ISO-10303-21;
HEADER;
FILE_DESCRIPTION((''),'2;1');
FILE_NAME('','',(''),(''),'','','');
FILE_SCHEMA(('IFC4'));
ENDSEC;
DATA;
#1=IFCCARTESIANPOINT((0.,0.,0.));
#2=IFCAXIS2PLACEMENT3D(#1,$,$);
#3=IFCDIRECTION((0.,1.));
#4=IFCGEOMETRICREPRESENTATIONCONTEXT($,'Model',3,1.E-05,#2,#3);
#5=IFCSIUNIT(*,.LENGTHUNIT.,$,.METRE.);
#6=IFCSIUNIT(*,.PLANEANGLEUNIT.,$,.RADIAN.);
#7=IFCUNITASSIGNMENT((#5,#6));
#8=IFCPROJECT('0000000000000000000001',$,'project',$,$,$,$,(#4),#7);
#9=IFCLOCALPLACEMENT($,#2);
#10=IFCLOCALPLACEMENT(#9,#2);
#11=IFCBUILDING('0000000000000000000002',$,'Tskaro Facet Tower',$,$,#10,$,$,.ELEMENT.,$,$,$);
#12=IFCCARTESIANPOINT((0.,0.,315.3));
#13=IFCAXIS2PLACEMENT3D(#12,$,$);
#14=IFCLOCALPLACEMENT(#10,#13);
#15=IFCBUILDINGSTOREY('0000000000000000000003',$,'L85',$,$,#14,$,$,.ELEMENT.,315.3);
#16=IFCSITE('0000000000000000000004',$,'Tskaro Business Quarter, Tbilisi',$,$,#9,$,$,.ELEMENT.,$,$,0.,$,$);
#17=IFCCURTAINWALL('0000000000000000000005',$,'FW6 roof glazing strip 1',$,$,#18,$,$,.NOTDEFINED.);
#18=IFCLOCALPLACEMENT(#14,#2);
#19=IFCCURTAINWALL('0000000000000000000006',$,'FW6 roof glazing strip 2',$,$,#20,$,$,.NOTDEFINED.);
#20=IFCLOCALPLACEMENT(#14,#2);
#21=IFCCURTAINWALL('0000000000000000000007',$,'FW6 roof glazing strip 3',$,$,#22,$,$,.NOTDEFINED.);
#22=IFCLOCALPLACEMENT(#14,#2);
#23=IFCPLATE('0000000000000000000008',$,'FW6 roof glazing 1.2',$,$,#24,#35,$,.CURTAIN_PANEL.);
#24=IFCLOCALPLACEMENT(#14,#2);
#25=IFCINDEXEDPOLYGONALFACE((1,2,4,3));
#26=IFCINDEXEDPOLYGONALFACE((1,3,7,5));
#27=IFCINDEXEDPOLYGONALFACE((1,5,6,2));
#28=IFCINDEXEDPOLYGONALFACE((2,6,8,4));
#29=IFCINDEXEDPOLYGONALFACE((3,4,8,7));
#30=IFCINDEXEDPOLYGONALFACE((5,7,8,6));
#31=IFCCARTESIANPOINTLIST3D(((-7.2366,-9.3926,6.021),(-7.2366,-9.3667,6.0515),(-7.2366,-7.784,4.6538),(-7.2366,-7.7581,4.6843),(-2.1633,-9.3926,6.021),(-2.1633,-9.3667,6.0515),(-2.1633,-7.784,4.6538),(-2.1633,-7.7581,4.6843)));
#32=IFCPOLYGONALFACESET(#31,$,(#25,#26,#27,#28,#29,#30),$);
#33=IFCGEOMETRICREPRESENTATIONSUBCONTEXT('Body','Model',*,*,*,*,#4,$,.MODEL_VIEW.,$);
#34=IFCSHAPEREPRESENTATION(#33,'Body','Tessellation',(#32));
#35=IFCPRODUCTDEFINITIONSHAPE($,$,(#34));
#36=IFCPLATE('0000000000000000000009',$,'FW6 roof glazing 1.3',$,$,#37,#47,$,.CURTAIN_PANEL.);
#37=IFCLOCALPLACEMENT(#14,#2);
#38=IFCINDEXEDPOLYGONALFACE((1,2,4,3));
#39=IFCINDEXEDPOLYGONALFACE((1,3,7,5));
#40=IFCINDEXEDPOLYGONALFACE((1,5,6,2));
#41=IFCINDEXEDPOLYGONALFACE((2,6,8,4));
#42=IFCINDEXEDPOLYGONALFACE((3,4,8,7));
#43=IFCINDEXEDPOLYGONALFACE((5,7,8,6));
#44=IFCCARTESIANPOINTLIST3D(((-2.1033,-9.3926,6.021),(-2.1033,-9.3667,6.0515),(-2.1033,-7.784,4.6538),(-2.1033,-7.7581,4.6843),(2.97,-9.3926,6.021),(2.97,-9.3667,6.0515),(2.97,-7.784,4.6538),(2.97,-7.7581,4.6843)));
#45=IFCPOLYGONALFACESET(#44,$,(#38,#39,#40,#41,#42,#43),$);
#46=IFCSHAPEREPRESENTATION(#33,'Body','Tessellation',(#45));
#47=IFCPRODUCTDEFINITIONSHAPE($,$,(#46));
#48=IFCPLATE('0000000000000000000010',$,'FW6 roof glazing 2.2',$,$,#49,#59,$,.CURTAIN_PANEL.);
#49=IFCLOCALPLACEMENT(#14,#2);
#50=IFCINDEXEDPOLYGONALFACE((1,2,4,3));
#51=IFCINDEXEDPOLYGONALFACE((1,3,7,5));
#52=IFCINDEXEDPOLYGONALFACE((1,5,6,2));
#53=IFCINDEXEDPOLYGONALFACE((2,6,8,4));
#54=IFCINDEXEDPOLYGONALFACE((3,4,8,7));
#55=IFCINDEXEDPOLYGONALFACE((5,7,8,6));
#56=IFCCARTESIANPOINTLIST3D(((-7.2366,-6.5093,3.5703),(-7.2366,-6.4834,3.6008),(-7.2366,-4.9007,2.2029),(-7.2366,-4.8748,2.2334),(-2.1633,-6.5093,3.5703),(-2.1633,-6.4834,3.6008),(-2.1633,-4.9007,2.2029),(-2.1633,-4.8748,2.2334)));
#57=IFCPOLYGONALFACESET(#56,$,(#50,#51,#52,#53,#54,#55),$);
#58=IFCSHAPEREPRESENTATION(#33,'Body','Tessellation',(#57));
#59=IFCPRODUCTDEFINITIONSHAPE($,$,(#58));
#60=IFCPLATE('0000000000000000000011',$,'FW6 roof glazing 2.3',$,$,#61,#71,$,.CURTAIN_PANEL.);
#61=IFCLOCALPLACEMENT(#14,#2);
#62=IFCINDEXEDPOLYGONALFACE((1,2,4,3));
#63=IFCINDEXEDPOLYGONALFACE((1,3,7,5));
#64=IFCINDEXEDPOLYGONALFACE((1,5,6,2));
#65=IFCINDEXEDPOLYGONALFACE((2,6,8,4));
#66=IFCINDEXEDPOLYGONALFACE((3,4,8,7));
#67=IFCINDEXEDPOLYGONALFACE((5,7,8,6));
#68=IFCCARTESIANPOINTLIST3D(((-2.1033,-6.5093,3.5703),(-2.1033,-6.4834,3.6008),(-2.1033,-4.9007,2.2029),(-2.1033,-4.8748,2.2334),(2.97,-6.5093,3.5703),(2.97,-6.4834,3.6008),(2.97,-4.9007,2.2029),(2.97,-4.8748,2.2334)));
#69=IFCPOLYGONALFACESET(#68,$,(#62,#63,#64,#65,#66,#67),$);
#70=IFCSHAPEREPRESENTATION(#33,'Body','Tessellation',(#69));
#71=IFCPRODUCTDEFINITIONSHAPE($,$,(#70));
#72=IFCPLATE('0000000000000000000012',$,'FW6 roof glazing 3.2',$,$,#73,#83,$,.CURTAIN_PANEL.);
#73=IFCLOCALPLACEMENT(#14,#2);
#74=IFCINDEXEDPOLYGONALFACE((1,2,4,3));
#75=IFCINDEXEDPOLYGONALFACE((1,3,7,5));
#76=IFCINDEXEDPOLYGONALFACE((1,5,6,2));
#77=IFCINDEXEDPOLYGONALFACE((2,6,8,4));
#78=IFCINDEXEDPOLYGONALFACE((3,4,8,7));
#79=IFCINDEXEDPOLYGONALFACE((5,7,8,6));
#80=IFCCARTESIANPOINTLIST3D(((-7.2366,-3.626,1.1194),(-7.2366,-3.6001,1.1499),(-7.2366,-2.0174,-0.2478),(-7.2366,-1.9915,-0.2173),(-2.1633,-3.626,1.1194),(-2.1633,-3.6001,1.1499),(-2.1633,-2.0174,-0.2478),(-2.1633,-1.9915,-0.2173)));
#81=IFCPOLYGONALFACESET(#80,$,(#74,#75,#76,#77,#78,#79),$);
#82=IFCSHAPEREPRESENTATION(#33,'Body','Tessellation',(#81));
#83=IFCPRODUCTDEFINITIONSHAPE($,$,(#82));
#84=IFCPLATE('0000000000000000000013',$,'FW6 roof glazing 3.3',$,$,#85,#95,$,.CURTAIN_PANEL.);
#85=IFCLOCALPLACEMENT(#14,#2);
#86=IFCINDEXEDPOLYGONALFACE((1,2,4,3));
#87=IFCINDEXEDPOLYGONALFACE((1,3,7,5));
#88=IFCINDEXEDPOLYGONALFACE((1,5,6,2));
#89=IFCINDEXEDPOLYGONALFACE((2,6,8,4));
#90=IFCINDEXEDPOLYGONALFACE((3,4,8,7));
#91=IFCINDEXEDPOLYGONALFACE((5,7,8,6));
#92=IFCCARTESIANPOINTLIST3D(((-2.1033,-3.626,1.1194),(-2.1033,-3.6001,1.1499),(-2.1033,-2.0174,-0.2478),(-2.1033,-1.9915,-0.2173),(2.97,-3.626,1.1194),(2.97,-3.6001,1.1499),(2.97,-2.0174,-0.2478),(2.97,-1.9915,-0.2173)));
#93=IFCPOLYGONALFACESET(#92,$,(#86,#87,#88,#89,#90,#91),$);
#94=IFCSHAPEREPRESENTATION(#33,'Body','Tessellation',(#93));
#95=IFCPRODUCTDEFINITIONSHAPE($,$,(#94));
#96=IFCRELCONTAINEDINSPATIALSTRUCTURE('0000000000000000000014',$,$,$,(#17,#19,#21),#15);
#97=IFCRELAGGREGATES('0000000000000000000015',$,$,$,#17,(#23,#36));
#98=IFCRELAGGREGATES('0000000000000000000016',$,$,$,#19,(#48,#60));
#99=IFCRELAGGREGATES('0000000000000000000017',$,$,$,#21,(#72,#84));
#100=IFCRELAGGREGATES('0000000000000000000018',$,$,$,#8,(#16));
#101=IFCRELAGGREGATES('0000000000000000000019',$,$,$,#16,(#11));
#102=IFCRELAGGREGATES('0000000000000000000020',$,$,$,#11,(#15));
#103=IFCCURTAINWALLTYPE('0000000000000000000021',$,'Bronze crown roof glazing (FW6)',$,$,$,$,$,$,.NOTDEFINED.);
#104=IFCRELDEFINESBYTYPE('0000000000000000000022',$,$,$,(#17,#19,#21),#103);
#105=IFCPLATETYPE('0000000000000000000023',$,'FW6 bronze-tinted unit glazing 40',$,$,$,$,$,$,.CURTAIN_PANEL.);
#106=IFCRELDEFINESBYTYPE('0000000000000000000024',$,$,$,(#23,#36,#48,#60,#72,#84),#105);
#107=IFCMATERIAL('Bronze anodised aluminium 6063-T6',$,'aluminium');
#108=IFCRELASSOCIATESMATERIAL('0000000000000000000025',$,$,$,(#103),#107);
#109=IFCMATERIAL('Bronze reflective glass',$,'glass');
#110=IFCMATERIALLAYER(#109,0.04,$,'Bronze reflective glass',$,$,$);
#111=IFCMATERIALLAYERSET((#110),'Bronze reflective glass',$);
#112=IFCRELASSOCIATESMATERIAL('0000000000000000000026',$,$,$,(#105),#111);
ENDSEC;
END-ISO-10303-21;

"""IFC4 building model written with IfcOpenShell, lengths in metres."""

from ifc_helpers import new_model, si_unit, direction, frame, origin, place, context, subcontext, project, spatial, polyline, outline, extrude, material, layer, layer_set, type_object, element, aggregate, save


model = new_model("IFC4")

# Units and contexts
model_context = context("Model", 3, precision=1e-05, world=origin(), true_north=direction((0.0, 1.0)))
body_context = subcontext(model_context, "Body", "Model", "MODEL_VIEW")
ifc_project = project(units=[si_unit("LENGTHUNIT", "METRE"), si_unit("PLANEANGLEUNIT", "RADIAN")], contexts=[model_context])

# Site, building, storey
site_placement = place(None, origin())
site = spatial("IfcSite", under=ifc_project, at=site_placement, Name="Tskaro Business Quarter, Tbilisi", CompositionType="ELEMENT", RefElevation=0.0)
building_placement = place(site_placement, origin())
building = spatial("IfcBuilding", under=site, at=building_placement, Name="Tskaro Facet Tower", CompositionType="ELEMENT")
storey_placement = place(building_placement, frame((0.0, 0.0, 315.3)))
storey = spatial("IfcBuildingStorey", under=building, at=storey_placement, Name="L85", CompositionType="ELEMENT", Elevation=315.3)

# Curtain walls
ifc_material_1 = material(Name="Bronze anodised aluminium 6063-T6", Category="aluminium")
curtain_wall_type_1 = type_object("IfcCurtainWallType", Name="Bronze crown roof glazing (FW6)", PredefinedType="NOTDEFINED", material=ifc_material_1)
curtain_wall_1_placement = place(storey_placement, origin())
curtain_wall_1 = element("IfcCurtainWall", 1, at=curtain_wall_1_placement, inside=storey, type_object=curtain_wall_type_1, Name="FW6 roof glazing strip 1", PredefinedType="NOTDEFINED")
curtain_wall_2_placement = place(storey_placement, origin())
curtain_wall_2 = element("IfcCurtainWall", 2, at=curtain_wall_2_placement, inside=storey, type_object=curtain_wall_type_1, Name="FW6 roof glazing strip 2", PredefinedType="NOTDEFINED")
curtain_wall_3_placement = place(storey_placement, origin())
curtain_wall_3 = element("IfcCurtainWall", 3, at=curtain_wall_3_placement, inside=storey, type_object=curtain_wall_type_1, Name="FW6 roof glazing strip 3", PredefinedType="NOTDEFINED")

# Plates
ifc_material_2 = material(Name="Bronze reflective glass", Category="glass")
ifc_layer_1 = layer(ifc_material_2, 0.04, Name="Bronze reflective glass")
ifc_layer_set_1 = layer_set([ifc_layer_1], Name="Bronze reflective glass")
plate_type_1 = type_object("IfcPlateType", Name="FW6 bronze-tinted unit glazing 40", PredefinedType="CURTAIN_PANEL", material=ifc_layer_set_1)
plate_1_placement = place(storey_placement, frame((-7.2366, -9.3667, 6.0515), z_axis=(0.0, 0.647605, 0.761976), x_axis=(1.0, 0.0, 0.0)))
plate_1 = element("IfcPlate", 4, at=plate_1_placement, type_object=plate_type_1, Name="FW6 roof glazing 1.2", PredefinedType="CURTAIN_PANEL", context=body_context, shape_type="SweptSolid", body=[
    extrude(outline(polyline([(0.0, 0.0), (5.0732, 0.0), (5.0732, 2.1111), (0.0, 2.1111), (0.0, 0.0)])), origin(), (0.0, 0.0, -1.0), 0.04),
])
plate_2_placement = place(storey_placement, frame((-2.1033, -9.3667, 6.0515), z_axis=(0.0, 0.647605, 0.761976), x_axis=(1.0, 0.0, 0.0)))
plate_2 = element("IfcPlate", 5, at=plate_2_placement, type_object=plate_type_1, Name="FW6 roof glazing 1.3", PredefinedType="CURTAIN_PANEL", context=body_context, shape_type="SweptSolid", body=[
    extrude(outline(polyline([(0.0, 0.0), (5.0732, 0.0), (5.0732, 2.1111), (0.0, 2.1111), (0.0, 0.0)])), origin(), (0.0, 0.0, -1.0), 0.04),
])
aggregate(curtain_wall_1, [plate_1, plate_2])
plate_3_placement = place(storey_placement, frame((-7.2366, -6.4834, 3.6008), z_axis=(0.0, 0.647672, 0.761919), x_axis=(1.0, 0.0, 0.0)))
plate_3 = element("IfcPlate", 6, at=plate_3_placement, type_object=plate_type_1, Name="FW6 roof glazing 2.2", PredefinedType="CURTAIN_PANEL", context=body_context, shape_type="SweptSolid", body=[
    extrude(outline(polyline([(0.0, 0.0), (5.0732, 0.0), (5.0732, 2.1113), (0.0, 2.1113), (0.0, 0.0)])), origin(), (0.0, 0.0, -1.0), 0.04),
])
plate_4_placement = place(storey_placement, frame((-2.1033, -6.4834, 3.6008), z_axis=(0.0, 0.647672, 0.761919), x_axis=(1.0, 0.0, 0.0)))
plate_4 = element("IfcPlate", 7, at=plate_4_placement, type_object=plate_type_1, Name="FW6 roof glazing 2.3", PredefinedType="CURTAIN_PANEL", context=body_context, shape_type="SweptSolid", body=[
    extrude(outline(polyline([(0.0, 0.0), (5.0732, 0.0), (5.0732, 2.1113), (0.0, 2.1113), (0.0, 0.0)])), origin(), (0.0, 0.0, -1.0), 0.04),
])
aggregate(curtain_wall_2, [plate_3, plate_4])
plate_5_placement = place(storey_placement, frame((-7.2366, -3.6001, 1.1499), z_axis=(0.0, 0.647605, 0.761976), x_axis=(1.0, 0.0, 0.0)))
plate_5 = element("IfcPlate", 8, at=plate_5_placement, type_object=plate_type_1, Name="FW6 roof glazing 3.2", PredefinedType="CURTAIN_PANEL", context=body_context, shape_type="SweptSolid", body=[
    extrude(outline(polyline([(0.0, 0.0), (5.0732, 0.0), (5.0732, 2.1111), (0.0, 2.1111), (0.0, 0.0)])), origin(), (0.0, 0.0, -1.0), 0.04),
])
plate_6_placement = place(storey_placement, frame((-2.1033, -3.6001, 1.1499), z_axis=(0.0, 0.647605, 0.761976), x_axis=(1.0, 0.0, 0.0)))
plate_6 = element("IfcPlate", 9, at=plate_6_placement, type_object=plate_type_1, Name="FW6 roof glazing 3.3", PredefinedType="CURTAIN_PANEL", context=body_context, shape_type="SweptSolid", body=[
    extrude(outline(polyline([(0.0, 0.0), (5.0732, 0.0), (5.0732, 2.1111), (0.0, 2.1111), (0.0, 0.0)])), origin(), (0.0, 0.0, -1.0), 0.04),
])
aggregate(curtain_wall_3, [plate_5, plate_6])

save(model, "model.ifc")
